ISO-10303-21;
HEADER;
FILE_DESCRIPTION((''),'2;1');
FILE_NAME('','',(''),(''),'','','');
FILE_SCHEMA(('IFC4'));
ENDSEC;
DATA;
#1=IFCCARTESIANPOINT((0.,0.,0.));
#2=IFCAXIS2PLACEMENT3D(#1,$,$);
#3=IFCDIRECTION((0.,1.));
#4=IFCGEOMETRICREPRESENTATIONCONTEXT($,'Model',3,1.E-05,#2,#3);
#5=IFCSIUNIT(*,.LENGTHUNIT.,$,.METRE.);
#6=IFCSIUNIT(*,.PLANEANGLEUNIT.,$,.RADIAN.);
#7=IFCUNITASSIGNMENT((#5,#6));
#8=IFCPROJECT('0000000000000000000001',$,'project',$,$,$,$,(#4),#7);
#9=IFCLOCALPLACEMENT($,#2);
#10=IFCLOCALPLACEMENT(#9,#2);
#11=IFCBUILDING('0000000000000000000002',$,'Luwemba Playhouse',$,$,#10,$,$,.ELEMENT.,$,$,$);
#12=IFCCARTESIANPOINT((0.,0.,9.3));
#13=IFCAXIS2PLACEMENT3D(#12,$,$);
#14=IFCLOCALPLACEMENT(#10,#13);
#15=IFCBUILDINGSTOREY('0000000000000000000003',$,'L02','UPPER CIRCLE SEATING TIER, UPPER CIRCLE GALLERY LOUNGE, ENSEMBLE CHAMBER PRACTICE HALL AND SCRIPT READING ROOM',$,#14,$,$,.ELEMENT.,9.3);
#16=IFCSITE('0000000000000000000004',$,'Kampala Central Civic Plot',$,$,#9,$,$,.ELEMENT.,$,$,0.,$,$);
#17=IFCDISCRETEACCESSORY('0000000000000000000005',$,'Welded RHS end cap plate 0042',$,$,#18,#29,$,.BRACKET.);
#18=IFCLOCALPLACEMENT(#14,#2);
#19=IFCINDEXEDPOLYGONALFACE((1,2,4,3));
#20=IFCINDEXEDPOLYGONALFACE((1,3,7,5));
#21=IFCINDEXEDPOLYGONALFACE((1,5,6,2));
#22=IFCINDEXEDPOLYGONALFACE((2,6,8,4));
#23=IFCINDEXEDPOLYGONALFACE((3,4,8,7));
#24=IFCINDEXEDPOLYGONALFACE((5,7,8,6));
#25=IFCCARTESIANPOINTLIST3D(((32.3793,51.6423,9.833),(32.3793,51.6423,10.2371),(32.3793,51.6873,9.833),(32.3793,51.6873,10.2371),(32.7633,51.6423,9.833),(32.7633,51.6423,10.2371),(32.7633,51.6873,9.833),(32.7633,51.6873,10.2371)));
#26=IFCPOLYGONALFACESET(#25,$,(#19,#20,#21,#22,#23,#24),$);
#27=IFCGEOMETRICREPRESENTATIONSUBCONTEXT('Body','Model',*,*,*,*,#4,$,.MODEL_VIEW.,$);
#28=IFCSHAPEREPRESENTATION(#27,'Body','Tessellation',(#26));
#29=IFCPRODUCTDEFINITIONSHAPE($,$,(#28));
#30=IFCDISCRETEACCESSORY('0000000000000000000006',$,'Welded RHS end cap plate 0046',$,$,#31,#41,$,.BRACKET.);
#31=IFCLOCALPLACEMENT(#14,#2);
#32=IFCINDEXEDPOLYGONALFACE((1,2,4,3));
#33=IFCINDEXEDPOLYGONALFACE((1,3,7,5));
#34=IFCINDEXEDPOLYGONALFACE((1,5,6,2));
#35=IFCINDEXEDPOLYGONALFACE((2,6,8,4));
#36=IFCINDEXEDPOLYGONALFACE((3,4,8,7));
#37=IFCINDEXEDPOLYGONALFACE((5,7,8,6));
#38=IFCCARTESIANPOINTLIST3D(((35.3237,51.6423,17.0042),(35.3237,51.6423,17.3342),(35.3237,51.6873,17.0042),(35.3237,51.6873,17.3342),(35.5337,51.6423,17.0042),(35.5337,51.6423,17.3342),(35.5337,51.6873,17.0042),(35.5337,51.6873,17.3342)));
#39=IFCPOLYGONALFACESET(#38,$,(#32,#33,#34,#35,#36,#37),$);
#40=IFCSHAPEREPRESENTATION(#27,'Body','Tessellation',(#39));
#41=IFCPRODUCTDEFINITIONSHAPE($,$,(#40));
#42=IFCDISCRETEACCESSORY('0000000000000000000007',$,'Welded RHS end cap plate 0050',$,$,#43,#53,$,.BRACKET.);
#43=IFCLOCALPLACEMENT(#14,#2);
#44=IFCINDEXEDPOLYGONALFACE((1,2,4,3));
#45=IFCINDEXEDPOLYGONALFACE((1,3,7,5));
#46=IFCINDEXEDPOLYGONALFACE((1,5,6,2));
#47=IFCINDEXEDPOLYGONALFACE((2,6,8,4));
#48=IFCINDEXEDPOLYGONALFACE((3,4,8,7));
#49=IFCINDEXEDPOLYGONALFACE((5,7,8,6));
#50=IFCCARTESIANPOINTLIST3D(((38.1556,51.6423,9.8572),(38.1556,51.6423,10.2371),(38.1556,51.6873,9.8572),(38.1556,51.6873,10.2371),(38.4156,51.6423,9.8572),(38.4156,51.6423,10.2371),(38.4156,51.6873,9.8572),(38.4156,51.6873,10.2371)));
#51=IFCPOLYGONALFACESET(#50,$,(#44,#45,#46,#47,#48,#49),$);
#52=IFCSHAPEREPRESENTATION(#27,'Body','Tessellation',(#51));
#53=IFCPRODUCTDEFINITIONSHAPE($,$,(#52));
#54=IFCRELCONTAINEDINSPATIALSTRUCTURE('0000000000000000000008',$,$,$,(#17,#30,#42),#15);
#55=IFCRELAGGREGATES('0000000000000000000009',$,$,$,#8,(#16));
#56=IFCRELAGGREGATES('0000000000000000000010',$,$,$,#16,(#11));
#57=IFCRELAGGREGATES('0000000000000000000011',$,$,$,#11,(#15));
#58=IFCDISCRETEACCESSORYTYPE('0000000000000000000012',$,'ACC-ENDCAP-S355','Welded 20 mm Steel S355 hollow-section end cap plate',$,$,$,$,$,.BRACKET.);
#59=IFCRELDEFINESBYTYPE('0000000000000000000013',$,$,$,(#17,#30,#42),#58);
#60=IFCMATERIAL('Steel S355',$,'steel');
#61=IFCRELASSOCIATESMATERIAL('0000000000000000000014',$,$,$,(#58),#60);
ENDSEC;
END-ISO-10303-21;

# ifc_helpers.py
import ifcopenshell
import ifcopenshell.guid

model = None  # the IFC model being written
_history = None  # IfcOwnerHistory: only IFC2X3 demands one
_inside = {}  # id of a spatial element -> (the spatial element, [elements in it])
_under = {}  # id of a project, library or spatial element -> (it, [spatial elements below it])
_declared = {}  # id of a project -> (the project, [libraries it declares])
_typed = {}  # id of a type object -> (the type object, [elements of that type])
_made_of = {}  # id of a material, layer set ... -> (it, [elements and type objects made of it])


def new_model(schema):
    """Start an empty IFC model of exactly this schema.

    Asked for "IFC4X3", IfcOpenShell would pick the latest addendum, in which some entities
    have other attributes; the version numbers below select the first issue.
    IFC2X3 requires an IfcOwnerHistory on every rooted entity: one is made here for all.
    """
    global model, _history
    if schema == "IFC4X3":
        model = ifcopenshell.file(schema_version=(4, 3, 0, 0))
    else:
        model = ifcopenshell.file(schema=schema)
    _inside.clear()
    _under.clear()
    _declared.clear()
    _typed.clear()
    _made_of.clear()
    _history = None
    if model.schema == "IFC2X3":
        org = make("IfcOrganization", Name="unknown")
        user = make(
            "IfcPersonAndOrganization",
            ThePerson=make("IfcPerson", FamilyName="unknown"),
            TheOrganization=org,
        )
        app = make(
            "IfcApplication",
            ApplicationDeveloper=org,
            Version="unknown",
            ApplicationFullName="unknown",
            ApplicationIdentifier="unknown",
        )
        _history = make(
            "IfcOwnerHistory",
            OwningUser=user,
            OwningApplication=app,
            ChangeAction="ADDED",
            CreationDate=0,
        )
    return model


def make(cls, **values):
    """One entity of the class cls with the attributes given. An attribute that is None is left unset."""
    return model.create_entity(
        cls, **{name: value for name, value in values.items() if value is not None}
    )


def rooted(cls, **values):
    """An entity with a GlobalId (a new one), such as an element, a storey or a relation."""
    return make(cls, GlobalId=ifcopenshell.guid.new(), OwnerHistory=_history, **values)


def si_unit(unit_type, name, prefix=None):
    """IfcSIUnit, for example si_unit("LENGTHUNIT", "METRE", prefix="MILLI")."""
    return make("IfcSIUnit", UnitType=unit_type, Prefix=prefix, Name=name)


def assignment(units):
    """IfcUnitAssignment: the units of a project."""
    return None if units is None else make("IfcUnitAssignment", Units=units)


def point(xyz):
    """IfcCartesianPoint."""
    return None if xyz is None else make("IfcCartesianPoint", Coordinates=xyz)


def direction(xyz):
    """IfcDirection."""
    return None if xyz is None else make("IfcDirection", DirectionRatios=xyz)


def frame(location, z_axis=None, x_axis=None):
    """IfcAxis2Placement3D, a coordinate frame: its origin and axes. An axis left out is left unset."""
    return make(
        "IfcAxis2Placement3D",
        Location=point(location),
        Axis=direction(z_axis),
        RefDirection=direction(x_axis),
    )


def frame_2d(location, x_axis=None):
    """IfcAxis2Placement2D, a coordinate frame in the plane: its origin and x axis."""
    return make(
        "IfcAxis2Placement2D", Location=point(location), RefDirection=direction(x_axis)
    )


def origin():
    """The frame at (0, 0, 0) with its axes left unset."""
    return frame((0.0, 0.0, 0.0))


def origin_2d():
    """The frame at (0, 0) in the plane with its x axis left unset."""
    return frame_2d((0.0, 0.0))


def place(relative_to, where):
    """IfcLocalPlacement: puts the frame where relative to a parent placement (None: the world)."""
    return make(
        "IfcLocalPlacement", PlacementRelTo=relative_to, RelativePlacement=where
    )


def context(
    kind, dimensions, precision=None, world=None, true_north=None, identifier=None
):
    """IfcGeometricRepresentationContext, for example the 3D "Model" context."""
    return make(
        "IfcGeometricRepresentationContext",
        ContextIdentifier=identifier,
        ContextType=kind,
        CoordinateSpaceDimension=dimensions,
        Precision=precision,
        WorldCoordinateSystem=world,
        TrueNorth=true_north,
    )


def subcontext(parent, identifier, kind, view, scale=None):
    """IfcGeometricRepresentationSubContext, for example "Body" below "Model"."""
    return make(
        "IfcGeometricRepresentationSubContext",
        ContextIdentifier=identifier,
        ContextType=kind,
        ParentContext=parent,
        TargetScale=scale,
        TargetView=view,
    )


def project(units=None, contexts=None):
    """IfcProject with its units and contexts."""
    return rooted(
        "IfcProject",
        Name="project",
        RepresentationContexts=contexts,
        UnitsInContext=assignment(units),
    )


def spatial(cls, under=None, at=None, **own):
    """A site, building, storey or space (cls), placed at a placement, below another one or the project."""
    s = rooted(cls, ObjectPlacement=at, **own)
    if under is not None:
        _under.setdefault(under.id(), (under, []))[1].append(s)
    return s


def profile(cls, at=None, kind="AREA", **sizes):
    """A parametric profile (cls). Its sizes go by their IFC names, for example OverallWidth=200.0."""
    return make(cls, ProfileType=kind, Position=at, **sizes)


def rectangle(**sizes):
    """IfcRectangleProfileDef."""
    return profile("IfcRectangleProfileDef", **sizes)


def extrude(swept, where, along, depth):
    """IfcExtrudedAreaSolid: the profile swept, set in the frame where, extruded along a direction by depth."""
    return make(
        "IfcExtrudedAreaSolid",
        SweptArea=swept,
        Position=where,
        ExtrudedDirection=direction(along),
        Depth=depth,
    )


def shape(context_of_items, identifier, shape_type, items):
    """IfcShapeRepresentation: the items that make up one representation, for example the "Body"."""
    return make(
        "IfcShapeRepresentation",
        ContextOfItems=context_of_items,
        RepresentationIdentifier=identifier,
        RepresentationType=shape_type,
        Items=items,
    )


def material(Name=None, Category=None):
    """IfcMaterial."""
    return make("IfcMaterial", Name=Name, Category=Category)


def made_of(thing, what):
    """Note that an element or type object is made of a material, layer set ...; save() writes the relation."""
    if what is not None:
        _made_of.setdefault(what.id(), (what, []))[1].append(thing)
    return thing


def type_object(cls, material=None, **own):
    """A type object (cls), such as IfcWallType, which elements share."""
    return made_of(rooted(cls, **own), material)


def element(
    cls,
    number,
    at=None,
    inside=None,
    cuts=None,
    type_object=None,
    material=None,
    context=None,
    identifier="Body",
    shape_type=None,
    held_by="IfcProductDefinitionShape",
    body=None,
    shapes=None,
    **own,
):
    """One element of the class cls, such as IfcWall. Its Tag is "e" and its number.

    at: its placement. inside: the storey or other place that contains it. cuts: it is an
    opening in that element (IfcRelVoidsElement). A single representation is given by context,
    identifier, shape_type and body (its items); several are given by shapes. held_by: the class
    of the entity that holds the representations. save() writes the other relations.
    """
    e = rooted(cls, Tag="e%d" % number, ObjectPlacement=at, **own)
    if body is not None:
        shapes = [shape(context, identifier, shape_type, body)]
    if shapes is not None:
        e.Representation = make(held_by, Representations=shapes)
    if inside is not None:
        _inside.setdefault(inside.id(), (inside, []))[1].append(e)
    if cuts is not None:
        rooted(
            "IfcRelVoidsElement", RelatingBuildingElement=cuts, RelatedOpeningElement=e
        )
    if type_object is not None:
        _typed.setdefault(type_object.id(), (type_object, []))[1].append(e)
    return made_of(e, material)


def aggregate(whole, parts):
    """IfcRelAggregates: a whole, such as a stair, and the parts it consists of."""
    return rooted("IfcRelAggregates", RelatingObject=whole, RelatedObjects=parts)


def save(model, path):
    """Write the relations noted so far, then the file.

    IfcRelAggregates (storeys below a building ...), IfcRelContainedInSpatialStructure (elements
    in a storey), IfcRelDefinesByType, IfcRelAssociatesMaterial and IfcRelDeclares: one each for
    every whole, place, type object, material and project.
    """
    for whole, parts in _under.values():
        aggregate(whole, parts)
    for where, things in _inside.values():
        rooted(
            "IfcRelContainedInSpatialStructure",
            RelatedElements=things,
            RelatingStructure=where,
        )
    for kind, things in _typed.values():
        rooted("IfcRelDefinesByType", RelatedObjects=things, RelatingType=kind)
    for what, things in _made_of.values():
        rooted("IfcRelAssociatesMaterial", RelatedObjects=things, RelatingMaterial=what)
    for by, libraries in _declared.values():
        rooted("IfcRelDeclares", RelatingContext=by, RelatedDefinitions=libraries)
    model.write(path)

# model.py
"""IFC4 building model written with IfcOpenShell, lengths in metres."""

from ifc_helpers import new_model, si_unit, direction, frame, origin, origin_2d, place, context, subcontext, project, spatial, rectangle, extrude, material, type_object, element, save


model = new_model("IFC4")

# Units and contexts
model_context = context("Model", 3, precision=1e-05, world=origin(), true_north=direction((0.0, 1.0)))
body_context = subcontext(model_context, "Body", "Model", "MODEL_VIEW")
ifc_project = project(units=[si_unit("LENGTHUNIT", "METRE"), si_unit("PLANEANGLEUNIT", "RADIAN")], contexts=[model_context])

# Site, building, storey
site_placement = place(None, origin())
site = spatial("IfcSite", under=ifc_project, at=site_placement, Name="Kampala Central Civic Plot", CompositionType="ELEMENT", RefElevation=0.0)
building_placement = place(site_placement, origin())
building = spatial("IfcBuilding", under=site, at=building_placement, Name="Luwemba Playhouse", CompositionType="ELEMENT")
storey_placement = place(building_placement, frame((0.0, 0.0, 9.3)))
storey = spatial("IfcBuildingStorey", under=building, at=storey_placement, Name="L02", Description="UPPER CIRCLE SEATING TIER, UPPER CIRCLE GALLERY LOUNGE, ENSEMBLE CHAMBER PRACTICE HALL AND SCRIPT READING ROOM", CompositionType="ELEMENT", Elevation=9.3)

# Shared definitions
ifc_material_1 = material(Name="Steel S355", Category="steel")

# Discrete accessories
discrete_accessory_type = type_object("IfcDiscreteAccessoryType", Name="ACC-ENDCAP-S355", Description="Welded 20 mm Steel S355 hollow-section end cap plate", PredefinedType="BRACKET", material=ifc_material_1)
discrete_accessory_1_placement = place(storey_placement, frame((32.5713, 51.6648, 9.833), z_axis=(0.0, 0.0, 1.0), x_axis=(1.0, 0.0, 0.0)))
element("IfcDiscreteAccessory", 1, at=discrete_accessory_1_placement, inside=storey, type_object=discrete_accessory_type, Name="Welded RHS end cap plate 0042", PredefinedType="BRACKET", context=body_context, shape_type="SweptSolid", body=[
    extrude(rectangle(XDim=0.384, YDim=0.0449, at=origin_2d()), origin(), (0.0, 0.0, 1.0), 0.4041),
])
discrete_accessory_2_placement = place(storey_placement, frame((35.4287, 51.6648, 17.0042), z_axis=(0.0, 0.0, 1.0), x_axis=(1.0, 0.0, 0.0)))
element("IfcDiscreteAccessory", 2, at=discrete_accessory_2_placement, inside=storey, type_object=discrete_accessory_type, Name="Welded RHS end cap plate 0046", PredefinedType="BRACKET", context=body_context, shape_type="SweptSolid", body=[
    extrude(rectangle(XDim=0.21, YDim=0.0449, at=origin_2d()), origin(), (0.0, 0.0, 1.0), 0.3301),
])
discrete_accessory_3_placement = place(storey_placement, frame((38.2856, 51.6648, 9.8572), z_axis=(0.0, 0.0, 1.0), x_axis=(1.0, 0.0, 0.0)))
element("IfcDiscreteAccessory", 3, at=discrete_accessory_3_placement, inside=storey, type_object=discrete_accessory_type, Name="Welded RHS end cap plate 0050", PredefinedType="BRACKET", context=body_context, shape_type="SweptSolid", body=[
    extrude(rectangle(XDim=0.26, YDim=0.0449, at=origin_2d()), origin(), (0.0, 0.0, 1.0), 0.3799),
])

save(model, "model.ifc")
